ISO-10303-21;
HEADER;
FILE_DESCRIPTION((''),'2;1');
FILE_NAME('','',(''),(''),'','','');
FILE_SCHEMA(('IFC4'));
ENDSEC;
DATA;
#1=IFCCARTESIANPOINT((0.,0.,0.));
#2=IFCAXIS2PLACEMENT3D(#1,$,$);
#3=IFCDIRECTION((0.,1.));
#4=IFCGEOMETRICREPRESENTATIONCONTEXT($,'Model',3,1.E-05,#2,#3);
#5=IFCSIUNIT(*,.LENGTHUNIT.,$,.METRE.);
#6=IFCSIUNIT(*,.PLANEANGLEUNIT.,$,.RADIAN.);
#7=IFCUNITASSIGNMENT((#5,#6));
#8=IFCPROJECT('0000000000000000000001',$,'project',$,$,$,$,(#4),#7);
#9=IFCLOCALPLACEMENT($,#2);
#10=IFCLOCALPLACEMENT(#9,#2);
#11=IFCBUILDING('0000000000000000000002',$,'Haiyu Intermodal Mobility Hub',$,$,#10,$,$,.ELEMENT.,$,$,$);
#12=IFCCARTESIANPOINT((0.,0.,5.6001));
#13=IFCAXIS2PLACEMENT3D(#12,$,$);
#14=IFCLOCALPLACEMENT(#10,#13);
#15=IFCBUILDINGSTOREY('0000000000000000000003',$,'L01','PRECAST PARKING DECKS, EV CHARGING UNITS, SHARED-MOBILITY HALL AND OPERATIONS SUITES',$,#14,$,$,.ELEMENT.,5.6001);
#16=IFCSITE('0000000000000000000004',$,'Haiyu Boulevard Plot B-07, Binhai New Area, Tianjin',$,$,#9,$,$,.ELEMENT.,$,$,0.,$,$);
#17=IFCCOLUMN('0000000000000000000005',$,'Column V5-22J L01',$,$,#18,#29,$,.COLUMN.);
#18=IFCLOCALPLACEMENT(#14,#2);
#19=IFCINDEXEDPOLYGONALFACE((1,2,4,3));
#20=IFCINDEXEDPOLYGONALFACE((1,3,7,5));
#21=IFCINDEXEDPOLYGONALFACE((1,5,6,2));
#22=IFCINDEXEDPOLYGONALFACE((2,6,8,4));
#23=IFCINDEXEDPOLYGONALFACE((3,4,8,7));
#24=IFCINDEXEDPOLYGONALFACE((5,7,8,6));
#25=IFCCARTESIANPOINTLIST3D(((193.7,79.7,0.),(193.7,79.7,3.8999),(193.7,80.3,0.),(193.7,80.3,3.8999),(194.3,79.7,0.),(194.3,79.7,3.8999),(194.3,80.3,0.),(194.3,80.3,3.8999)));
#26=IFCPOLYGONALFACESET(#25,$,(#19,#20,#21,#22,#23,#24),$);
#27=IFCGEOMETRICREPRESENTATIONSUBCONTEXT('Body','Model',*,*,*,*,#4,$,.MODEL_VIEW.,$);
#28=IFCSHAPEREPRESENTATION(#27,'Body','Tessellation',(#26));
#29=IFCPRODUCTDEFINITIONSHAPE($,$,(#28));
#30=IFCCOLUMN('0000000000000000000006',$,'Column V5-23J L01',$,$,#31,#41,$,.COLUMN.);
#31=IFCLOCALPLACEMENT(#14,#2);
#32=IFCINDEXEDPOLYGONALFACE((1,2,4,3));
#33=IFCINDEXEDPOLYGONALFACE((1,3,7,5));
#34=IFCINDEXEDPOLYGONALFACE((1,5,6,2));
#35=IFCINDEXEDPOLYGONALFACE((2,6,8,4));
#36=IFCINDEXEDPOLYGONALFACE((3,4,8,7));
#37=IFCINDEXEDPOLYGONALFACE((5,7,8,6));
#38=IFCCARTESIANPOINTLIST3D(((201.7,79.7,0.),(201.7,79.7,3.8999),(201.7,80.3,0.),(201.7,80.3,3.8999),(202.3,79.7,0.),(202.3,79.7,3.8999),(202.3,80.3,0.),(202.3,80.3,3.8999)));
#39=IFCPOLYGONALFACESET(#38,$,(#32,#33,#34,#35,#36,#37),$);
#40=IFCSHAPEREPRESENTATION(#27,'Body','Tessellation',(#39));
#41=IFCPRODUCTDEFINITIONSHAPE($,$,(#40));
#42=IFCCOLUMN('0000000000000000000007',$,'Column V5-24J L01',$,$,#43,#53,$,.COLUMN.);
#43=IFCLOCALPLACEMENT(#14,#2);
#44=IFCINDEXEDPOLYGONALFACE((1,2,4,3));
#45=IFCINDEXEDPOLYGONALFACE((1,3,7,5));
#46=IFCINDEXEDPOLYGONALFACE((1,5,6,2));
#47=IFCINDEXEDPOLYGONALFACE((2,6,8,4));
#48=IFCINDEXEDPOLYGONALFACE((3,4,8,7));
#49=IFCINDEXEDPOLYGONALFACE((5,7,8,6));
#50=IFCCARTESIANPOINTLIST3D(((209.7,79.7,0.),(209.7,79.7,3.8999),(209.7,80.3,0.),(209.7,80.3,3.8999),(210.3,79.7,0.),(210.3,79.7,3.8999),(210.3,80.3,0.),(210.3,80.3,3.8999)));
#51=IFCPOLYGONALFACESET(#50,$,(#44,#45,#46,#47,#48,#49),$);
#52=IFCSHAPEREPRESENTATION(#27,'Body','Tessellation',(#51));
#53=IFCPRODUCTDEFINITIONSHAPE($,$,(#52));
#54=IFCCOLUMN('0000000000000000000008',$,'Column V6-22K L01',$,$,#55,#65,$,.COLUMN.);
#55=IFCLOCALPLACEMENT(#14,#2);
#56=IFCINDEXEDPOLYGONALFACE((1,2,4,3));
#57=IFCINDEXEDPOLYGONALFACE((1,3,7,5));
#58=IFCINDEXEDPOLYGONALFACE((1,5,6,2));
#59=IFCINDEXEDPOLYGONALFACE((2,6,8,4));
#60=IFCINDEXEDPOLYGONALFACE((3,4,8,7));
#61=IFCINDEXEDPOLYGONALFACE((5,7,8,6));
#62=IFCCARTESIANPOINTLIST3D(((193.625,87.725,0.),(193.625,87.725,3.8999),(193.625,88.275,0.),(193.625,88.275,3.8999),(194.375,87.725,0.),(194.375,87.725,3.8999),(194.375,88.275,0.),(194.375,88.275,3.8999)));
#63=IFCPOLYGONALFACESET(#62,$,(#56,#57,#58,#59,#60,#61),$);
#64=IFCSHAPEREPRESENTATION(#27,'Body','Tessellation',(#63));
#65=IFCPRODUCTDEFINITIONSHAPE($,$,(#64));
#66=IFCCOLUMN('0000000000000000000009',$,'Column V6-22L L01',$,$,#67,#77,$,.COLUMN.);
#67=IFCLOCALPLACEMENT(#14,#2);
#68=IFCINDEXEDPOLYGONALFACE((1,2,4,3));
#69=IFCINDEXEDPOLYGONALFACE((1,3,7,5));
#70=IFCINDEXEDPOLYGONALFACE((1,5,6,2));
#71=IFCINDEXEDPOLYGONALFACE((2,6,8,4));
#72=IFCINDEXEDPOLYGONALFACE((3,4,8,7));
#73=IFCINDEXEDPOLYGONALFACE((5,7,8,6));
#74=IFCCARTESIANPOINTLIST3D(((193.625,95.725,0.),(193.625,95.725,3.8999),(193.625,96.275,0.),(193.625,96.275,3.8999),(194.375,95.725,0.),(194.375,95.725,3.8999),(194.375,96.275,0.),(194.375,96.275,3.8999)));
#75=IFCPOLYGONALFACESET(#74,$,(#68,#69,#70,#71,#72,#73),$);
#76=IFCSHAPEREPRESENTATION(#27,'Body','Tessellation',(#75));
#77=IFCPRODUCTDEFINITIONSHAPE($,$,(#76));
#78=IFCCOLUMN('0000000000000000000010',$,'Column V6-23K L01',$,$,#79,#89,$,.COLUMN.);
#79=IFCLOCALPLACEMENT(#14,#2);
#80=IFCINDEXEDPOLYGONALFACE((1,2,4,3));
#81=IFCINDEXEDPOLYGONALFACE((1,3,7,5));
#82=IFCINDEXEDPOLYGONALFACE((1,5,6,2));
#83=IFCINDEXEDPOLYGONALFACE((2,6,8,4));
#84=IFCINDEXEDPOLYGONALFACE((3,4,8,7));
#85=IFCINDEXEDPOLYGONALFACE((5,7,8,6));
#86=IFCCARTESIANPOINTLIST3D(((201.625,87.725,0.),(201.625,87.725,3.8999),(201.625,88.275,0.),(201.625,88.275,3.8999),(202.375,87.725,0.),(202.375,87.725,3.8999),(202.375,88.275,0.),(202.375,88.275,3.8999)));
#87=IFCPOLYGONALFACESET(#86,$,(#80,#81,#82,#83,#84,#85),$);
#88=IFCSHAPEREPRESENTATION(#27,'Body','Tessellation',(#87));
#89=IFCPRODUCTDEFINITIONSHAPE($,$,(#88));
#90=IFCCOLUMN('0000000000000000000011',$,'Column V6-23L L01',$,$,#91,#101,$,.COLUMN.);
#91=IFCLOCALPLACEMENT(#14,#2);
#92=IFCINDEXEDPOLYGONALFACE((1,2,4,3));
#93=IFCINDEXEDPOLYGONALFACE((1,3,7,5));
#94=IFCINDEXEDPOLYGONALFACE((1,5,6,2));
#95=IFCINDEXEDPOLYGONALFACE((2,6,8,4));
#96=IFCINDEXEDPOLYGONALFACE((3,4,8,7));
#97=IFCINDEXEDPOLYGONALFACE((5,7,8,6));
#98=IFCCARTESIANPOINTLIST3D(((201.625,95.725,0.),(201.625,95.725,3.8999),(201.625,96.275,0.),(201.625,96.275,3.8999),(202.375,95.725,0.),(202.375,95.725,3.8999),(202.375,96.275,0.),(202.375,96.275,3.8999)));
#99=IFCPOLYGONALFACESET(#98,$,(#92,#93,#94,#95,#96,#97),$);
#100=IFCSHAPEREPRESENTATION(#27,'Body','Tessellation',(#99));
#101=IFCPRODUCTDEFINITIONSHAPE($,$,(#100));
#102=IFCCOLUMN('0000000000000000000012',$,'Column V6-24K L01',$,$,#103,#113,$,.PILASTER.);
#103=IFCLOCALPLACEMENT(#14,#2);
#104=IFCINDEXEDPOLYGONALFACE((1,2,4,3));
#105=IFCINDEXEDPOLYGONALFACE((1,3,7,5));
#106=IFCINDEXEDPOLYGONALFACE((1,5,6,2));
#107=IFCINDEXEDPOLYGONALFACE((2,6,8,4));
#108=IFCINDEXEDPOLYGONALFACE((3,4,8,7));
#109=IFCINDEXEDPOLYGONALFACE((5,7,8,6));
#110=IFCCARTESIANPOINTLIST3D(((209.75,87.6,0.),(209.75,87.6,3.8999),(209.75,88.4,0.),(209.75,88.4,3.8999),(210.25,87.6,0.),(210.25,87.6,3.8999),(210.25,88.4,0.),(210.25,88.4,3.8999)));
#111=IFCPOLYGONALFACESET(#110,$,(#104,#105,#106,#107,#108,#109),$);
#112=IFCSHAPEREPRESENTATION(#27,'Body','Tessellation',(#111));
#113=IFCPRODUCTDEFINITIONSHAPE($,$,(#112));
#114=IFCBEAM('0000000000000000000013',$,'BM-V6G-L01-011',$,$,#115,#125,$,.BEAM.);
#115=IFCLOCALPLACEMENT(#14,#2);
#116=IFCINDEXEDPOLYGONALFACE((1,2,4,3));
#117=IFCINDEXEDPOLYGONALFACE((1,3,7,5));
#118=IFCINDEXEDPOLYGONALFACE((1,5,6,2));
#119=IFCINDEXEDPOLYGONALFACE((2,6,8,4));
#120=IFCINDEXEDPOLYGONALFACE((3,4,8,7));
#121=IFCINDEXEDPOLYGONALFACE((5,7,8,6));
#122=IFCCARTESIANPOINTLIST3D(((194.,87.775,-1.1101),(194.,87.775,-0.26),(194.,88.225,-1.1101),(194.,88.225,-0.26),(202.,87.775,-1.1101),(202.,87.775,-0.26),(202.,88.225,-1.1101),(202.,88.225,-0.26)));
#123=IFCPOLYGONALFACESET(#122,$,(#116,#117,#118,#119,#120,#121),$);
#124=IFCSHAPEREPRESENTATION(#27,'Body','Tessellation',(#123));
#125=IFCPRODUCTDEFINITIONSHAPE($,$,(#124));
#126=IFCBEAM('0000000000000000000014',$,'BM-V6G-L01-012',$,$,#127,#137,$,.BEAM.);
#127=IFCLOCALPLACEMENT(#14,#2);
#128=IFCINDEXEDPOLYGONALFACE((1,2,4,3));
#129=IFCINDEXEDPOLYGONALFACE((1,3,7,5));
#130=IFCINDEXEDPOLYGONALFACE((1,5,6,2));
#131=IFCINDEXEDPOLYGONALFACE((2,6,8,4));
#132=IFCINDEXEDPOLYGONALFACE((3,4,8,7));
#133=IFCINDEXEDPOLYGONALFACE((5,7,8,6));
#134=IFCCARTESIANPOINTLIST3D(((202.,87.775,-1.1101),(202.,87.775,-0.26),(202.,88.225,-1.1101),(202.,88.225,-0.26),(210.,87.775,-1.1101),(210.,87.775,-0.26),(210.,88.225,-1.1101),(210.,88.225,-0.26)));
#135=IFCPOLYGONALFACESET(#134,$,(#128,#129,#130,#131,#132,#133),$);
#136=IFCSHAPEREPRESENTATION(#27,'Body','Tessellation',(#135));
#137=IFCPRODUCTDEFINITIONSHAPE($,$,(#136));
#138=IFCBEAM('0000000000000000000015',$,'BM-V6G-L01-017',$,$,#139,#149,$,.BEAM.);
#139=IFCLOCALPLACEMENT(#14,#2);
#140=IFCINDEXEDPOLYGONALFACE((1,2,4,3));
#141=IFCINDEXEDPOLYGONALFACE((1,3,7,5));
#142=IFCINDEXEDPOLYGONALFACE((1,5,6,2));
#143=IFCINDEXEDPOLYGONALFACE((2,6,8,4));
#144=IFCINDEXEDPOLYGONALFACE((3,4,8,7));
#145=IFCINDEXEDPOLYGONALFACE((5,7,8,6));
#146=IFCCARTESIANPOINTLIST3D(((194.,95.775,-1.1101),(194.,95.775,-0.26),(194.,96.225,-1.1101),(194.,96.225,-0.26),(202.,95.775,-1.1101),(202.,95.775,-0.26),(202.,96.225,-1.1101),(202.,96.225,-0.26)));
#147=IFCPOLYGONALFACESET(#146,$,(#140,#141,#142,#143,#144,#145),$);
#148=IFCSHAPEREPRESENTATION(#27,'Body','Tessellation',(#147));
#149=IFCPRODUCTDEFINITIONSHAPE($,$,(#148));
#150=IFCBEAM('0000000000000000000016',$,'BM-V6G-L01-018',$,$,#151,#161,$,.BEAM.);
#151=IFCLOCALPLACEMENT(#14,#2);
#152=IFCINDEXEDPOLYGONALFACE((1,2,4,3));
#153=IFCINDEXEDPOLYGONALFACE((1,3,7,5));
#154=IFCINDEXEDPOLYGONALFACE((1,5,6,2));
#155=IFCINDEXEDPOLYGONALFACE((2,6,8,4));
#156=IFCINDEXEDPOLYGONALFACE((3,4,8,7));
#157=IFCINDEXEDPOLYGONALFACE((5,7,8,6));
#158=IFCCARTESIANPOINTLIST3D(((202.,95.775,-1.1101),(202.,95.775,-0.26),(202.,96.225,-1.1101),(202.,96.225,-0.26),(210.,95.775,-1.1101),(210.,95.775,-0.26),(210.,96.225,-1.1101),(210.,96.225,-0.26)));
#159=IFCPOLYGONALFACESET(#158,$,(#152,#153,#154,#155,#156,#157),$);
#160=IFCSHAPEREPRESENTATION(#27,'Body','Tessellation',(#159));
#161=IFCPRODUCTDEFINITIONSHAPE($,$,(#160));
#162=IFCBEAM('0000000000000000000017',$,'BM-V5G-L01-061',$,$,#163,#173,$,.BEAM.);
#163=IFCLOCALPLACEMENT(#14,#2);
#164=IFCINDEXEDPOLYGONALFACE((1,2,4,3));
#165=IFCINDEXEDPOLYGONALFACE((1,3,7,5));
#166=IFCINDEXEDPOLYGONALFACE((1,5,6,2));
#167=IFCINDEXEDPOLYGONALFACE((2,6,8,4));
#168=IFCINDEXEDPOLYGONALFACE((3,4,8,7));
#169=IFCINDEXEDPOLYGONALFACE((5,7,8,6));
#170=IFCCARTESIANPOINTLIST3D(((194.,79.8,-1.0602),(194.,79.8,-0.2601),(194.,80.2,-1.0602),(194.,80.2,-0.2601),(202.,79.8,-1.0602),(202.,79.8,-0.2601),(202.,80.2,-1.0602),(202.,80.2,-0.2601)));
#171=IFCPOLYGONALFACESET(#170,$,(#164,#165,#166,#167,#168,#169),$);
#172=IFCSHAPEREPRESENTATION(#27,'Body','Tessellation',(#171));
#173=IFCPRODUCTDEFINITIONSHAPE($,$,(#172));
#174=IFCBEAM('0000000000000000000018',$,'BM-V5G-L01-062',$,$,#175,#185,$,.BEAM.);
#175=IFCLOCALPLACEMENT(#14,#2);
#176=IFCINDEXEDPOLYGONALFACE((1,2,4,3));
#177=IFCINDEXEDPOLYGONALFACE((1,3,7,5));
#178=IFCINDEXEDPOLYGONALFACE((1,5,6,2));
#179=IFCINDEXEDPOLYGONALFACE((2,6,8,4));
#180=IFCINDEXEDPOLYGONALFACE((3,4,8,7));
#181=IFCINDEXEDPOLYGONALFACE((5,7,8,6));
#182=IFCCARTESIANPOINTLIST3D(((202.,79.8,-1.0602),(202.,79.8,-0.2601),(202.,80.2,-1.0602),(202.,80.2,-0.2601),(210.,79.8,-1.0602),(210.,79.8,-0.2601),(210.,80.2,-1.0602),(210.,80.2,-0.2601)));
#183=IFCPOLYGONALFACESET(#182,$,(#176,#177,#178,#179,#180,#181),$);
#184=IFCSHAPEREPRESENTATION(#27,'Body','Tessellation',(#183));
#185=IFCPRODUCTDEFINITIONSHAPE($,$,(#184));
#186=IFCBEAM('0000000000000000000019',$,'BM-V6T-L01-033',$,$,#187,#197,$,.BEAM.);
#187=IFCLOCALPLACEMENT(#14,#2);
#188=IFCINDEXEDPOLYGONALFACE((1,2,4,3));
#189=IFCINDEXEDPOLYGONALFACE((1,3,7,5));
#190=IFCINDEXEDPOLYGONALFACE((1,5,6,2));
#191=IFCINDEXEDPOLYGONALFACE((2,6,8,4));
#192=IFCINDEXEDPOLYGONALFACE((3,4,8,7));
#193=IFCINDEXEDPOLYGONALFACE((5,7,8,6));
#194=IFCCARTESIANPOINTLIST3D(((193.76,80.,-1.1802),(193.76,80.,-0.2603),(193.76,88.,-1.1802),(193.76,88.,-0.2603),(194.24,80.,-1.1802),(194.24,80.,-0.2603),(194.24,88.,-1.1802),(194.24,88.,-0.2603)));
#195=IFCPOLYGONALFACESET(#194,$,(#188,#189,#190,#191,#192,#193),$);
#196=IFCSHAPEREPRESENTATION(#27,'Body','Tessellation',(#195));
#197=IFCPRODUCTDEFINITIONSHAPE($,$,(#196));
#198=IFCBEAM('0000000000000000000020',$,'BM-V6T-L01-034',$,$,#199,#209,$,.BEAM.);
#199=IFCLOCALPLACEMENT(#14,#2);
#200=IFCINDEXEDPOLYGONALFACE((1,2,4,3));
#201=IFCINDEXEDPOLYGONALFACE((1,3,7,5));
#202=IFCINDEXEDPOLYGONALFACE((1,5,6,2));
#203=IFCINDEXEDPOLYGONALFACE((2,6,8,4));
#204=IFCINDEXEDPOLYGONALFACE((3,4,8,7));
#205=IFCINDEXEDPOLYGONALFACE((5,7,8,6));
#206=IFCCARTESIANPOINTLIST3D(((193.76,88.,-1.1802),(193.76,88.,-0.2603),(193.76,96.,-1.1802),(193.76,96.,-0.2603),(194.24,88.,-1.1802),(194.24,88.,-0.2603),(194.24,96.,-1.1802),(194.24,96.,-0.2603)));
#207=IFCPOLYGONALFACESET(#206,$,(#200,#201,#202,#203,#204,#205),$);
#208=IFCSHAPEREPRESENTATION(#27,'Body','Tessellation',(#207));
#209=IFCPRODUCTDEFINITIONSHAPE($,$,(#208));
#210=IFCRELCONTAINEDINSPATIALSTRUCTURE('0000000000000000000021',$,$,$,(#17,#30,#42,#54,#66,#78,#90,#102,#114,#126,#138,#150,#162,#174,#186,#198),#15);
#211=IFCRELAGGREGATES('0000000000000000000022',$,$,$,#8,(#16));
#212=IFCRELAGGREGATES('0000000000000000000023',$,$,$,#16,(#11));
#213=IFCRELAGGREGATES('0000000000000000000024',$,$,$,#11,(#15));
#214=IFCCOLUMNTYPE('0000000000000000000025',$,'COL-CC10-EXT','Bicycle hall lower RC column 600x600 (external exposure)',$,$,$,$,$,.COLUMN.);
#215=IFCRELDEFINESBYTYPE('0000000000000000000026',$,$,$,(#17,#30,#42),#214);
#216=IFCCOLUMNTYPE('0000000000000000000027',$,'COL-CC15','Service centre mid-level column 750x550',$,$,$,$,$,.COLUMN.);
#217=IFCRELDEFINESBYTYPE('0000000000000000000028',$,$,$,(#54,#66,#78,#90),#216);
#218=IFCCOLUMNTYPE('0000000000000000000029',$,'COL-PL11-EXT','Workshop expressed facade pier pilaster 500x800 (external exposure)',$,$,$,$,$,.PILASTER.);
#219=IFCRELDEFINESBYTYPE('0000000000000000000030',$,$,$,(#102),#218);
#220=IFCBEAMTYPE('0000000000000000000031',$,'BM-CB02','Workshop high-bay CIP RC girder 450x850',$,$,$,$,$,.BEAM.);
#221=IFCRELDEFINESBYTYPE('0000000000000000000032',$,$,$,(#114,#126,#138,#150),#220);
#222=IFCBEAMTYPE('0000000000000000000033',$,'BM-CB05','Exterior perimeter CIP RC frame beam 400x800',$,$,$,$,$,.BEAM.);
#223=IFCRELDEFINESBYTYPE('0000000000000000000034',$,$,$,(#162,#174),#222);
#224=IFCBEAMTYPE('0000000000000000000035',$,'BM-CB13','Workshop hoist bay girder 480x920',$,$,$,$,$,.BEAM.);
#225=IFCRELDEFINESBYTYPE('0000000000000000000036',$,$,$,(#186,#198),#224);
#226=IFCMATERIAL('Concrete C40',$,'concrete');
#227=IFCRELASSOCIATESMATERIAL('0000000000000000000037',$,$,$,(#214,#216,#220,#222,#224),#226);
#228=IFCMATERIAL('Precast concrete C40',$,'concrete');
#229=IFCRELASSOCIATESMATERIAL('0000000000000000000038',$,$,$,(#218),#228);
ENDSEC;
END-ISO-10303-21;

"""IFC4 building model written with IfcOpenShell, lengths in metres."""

from ifc_helpers import new_model, si_unit, direction, frame, origin, origin_2d, place, context, subcontext, project, spatial, rectangle, extrude, material, material_profile, profile_set, type_object, element, save


model = new_model("IFC4")

# Units and contexts
model_context = context("Model", 3, precision=1e-05, world=origin(), true_north=direction((0.0, 1.0)))
body_context = subcontext(model_context, "Body", "Model", "MODEL_VIEW")
ifc_project = project(units=[si_unit("LENGTHUNIT", "METRE"), si_unit("PLANEANGLEUNIT", "RADIAN")], contexts=[model_context])

# Site, building, storey
site_placement = place(None, origin())
site = spatial("IfcSite", under=ifc_project, at=site_placement, Name="Haiyu Boulevard Plot B-07, Binhai New Area, Tianjin", CompositionType="ELEMENT", RefElevation=0.0)
building_placement = place(site_placement, origin())
building = spatial("IfcBuilding", under=site, at=building_placement, Name="Haiyu Intermodal Mobility Hub", CompositionType="ELEMENT")
storey_placement = place(building_placement, frame((0.0, 0.0, 5.6001)))
storey = spatial("IfcBuildingStorey", under=building, at=storey_placement, Name="L01", Description="PRECAST PARKING DECKS, EV CHARGING UNITS, SHARED-MOBILITY HALL AND OPERATIONS SUITES", CompositionType="ELEMENT", Elevation=5.6001)

# Columns
ifc_material_1 = material(Name="Concrete C40", Category="concrete")
ifc_material_profile_1 = material_profile(ifc_material_1, rectangle(XDim=0.6001, YDim=0.6001, at=origin_2d()), Name="RC600x600")
ifc_profile_set_1 = profile_set([ifc_material_profile_1], Name="Concrete C40")
column_type_1 = type_object("IfcColumnType", Name="COL-CC10-EXT", Description="Bicycle hall lower RC column 600x600 (external exposure)", PredefinedType="COLUMN", material=ifc_profile_set_1)
for number, where, z_axis, x_axis, name in (
    (1, (194.0, 80.0, 0.0), (0.0, 0.0, 1.0), (1.0, 0.0, 0.0), "Column V5-22J L01"),
    (2, (202.0, 80.0, 0.0), (0.0, 0.0, 1.0), (1.0, 0.0, 0.0), "Column V5-23J L01"),
    (3, (210.0, 80.0, 0.0), (0.0, 0.0, 1.0), (1.0, 0.0, 0.0), "Column V5-24J L01"),
):
    element("IfcColumn", number, at=place(storey_placement, frame(where, z_axis=z_axis, x_axis=x_axis)), inside=storey, type_object=column_type_1, Name=name, PredefinedType="COLUMN", context=body_context, shape_type="SweptSolid", body=[
        extrude(rectangle(XDim=0.6001, YDim=0.6001, at=origin_2d()), origin(), (0.0, 0.0, 1.0), 3.8999),
    ])
ifc_material_profile_2 = material_profile(ifc_material_1, rectangle(XDim=0.75, YDim=0.55, at=origin_2d()), Name="C750x550")
ifc_profile_set_2 = profile_set([ifc_material_profile_2], Name="Concrete C40")
column_type_2 = type_object("IfcColumnType", Name="COL-CC15", Description="Service centre mid-level column 750x550", PredefinedType="COLUMN", material=ifc_profile_set_2)
for number, where, z_axis, x_axis, name in (
    (4, (194.0, 88.0, 0.0), (0.0, 0.0, 1.0), (1.0, 0.0, 0.0), "Column V6-22K L01"),
    (5, (194.0, 96.0, 0.0), (0.0, 0.0, 1.0), (1.0, 0.0, 0.0), "Column V6-22L L01"),
    (6, (202.0, 88.0, 0.0), (0.0, 0.0, 1.0), (1.0, 0.0, 0.0), "Column V6-23K L01"),
    (7, (202.0, 96.0, 0.0), (0.0, 0.0, 1.0), (1.0, 0.0, 0.0), "Column V6-23L L01"),
):
    element("IfcColumn", number, at=place(storey_placement, frame(where, z_axis=z_axis, x_axis=x_axis)), inside=storey, type_object=column_type_2, Name=name, PredefinedType="COLUMN", context=body_context, shape_type="SweptSolid", body=[
        extrude(rectangle(XDim=0.75, YDim=0.55, at=origin_2d()), origin(), (0.0, 0.0, 1.0), 3.8999),
    ])
ifc_material_2 = material(Name="Precast concrete C40", Category="concrete")
ifc_material_profile_3 = material_profile(ifc_material_2, rectangle(XDim=0.5, YDim=0.8, at=origin_2d()), Name="RC500x800")
ifc_profile_set_3 = profile_set([ifc_material_profile_3], Name="Precast concrete C40")
column_type_3 = type_object("IfcColumnType", Name="COL-PL11-EXT", Description="Workshop expressed facade pier pilaster 500x800 (external exposure)", PredefinedType="PILASTER", material=ifc_profile_set_3)
column_placement = place(storey_placement, frame((210.0, 88.0, 0.0), z_axis=(0.0, 0.0, 1.0), x_axis=(1.0, 0.0, 0.0)))
element("IfcColumn", 8, at=column_placement, inside=storey, type_object=column_type_3, Name="Column V6-24K L01", PredefinedType="PILASTER", context=body_context, shape_type="SweptSolid", body=[
    extrude(rectangle(XDim=0.5, YDim=0.8, at=origin_2d()), origin(), (0.0, 0.0, 1.0), 3.8999),
])

# Beams
ifc_material_profile_4 = material_profile(ifc_material_1, rectangle(XDim=0.45, YDim=0.8501, at=origin_2d()), Name="RCB450x850")
ifc_profile_set_4 = profile_set([ifc_material_profile_4], Name="Concrete C40")
beam_type_1 = type_object("IfcBeamType", Name="BM-CB02", Description="Workshop high-bay CIP RC girder 450x850", PredefinedType="BEAM", material=ifc_profile_set_4)
for number, where, z_axis, x_axis, name in (
    (9, (194.0, 88.0, -0.6851), (1.0, 0.0, 0.0), (0.0, 1.0, 0.0), "BM-V6G-L01-011"),
    (10, (202.0, 88.0, -0.6851), (1.0, 0.0, 0.0), (0.0, 1.0, 0.0), "BM-V6G-L01-012"),
    (11, (194.0, 96.0, -0.6851), (1.0, 0.0, 0.0), (0.0, 1.0, 0.0), "BM-V6G-L01-017"),
    (12, (202.0, 96.0, -0.6851), (1.0, 0.0, 0.0), (0.0, 1.0, 0.0), "BM-V6G-L01-018"),
):
    element("IfcBeam", number, at=place(storey_placement, frame(where, z_axis=z_axis, x_axis=x_axis)), inside=storey, type_object=beam_type_1, Name=name, PredefinedType="BEAM", context=body_context, shape_type="SweptSolid", body=[
        extrude(rectangle(XDim=0.45, YDim=0.8501, at=origin_2d()), origin(), (0.0, 0.0, 1.0), 8.0),
    ])
ifc_material_profile_5 = material_profile(ifc_material_1, rectangle(XDim=0.3999, YDim=0.8, at=origin_2d()), Name="RCB400x800")
ifc_profile_set_5 = profile_set([ifc_material_profile_5], Name="Concrete C40")
beam_type_2 = type_object("IfcBeamType", Name="BM-CB05", Description="Exterior perimeter CIP RC frame beam 400x800", PredefinedType="BEAM", material=ifc_profile_set_5)
for number, where, z_axis, x_axis, name in (
    (13, (194.0, 80.0, -0.6602), (1.0, 0.0, 0.0), (0.0, 1.0, 0.0), "BM-V5G-L01-061"),
    (14, (202.0, 80.0, -0.6602), (1.0, 0.0, 0.0), (0.0, 1.0, 0.0), "BM-V5G-L01-062"),
):
    element("IfcBeam", number, at=place(storey_placement, frame(where, z_axis=z_axis, x_axis=x_axis)), inside=storey, type_object=beam_type_2, Name=name, PredefinedType="BEAM", context=body_context, shape_type="SweptSolid", body=[
        extrude(rectangle(XDim=0.3999, YDim=0.8, at=origin_2d()), origin(), (0.0, 0.0, 1.0), 8.0),
    ])
ifc_material_profile_6 = material_profile(ifc_material_1, rectangle(XDim=0.48, YDim=0.9199, at=origin_2d()), Name="B480x920")
ifc_profile_set_6 = profile_set([ifc_material_profile_6], Name="Concrete C40")
beam_type_3 = type_object("IfcBeamType", Name="BM-CB13", Description="Workshop hoist bay girder 480x920", PredefinedType="BEAM", material=ifc_profile_set_6)
for number, where, z_axis, x_axis, name in (
    (15, (194.0, 80.0, -0.7202), (0.0, 1.0, 0.0), (-1.0, 0.0, 0.0), "BM-V6T-L01-033"),
    (16, (194.0, 88.0, -0.7202), (0.0, 1.0, 0.0), (-1.0, 0.0, 0.0), "BM-V6T-L01-034"),
):
    element("IfcBeam", number, at=place(storey_placement, frame(where, z_axis=z_axis, x_axis=x_axis)), inside=storey, type_object=beam_type_3, Name=name, PredefinedType="BEAM", context=body_context, shape_type="SweptSolid", body=[
        extrude(rectangle(XDim=0.48, YDim=0.9199, at=origin_2d()), origin(), (0.0, 0.0, 1.0), 8.0),
    ])

save(model, "model.ifc")
